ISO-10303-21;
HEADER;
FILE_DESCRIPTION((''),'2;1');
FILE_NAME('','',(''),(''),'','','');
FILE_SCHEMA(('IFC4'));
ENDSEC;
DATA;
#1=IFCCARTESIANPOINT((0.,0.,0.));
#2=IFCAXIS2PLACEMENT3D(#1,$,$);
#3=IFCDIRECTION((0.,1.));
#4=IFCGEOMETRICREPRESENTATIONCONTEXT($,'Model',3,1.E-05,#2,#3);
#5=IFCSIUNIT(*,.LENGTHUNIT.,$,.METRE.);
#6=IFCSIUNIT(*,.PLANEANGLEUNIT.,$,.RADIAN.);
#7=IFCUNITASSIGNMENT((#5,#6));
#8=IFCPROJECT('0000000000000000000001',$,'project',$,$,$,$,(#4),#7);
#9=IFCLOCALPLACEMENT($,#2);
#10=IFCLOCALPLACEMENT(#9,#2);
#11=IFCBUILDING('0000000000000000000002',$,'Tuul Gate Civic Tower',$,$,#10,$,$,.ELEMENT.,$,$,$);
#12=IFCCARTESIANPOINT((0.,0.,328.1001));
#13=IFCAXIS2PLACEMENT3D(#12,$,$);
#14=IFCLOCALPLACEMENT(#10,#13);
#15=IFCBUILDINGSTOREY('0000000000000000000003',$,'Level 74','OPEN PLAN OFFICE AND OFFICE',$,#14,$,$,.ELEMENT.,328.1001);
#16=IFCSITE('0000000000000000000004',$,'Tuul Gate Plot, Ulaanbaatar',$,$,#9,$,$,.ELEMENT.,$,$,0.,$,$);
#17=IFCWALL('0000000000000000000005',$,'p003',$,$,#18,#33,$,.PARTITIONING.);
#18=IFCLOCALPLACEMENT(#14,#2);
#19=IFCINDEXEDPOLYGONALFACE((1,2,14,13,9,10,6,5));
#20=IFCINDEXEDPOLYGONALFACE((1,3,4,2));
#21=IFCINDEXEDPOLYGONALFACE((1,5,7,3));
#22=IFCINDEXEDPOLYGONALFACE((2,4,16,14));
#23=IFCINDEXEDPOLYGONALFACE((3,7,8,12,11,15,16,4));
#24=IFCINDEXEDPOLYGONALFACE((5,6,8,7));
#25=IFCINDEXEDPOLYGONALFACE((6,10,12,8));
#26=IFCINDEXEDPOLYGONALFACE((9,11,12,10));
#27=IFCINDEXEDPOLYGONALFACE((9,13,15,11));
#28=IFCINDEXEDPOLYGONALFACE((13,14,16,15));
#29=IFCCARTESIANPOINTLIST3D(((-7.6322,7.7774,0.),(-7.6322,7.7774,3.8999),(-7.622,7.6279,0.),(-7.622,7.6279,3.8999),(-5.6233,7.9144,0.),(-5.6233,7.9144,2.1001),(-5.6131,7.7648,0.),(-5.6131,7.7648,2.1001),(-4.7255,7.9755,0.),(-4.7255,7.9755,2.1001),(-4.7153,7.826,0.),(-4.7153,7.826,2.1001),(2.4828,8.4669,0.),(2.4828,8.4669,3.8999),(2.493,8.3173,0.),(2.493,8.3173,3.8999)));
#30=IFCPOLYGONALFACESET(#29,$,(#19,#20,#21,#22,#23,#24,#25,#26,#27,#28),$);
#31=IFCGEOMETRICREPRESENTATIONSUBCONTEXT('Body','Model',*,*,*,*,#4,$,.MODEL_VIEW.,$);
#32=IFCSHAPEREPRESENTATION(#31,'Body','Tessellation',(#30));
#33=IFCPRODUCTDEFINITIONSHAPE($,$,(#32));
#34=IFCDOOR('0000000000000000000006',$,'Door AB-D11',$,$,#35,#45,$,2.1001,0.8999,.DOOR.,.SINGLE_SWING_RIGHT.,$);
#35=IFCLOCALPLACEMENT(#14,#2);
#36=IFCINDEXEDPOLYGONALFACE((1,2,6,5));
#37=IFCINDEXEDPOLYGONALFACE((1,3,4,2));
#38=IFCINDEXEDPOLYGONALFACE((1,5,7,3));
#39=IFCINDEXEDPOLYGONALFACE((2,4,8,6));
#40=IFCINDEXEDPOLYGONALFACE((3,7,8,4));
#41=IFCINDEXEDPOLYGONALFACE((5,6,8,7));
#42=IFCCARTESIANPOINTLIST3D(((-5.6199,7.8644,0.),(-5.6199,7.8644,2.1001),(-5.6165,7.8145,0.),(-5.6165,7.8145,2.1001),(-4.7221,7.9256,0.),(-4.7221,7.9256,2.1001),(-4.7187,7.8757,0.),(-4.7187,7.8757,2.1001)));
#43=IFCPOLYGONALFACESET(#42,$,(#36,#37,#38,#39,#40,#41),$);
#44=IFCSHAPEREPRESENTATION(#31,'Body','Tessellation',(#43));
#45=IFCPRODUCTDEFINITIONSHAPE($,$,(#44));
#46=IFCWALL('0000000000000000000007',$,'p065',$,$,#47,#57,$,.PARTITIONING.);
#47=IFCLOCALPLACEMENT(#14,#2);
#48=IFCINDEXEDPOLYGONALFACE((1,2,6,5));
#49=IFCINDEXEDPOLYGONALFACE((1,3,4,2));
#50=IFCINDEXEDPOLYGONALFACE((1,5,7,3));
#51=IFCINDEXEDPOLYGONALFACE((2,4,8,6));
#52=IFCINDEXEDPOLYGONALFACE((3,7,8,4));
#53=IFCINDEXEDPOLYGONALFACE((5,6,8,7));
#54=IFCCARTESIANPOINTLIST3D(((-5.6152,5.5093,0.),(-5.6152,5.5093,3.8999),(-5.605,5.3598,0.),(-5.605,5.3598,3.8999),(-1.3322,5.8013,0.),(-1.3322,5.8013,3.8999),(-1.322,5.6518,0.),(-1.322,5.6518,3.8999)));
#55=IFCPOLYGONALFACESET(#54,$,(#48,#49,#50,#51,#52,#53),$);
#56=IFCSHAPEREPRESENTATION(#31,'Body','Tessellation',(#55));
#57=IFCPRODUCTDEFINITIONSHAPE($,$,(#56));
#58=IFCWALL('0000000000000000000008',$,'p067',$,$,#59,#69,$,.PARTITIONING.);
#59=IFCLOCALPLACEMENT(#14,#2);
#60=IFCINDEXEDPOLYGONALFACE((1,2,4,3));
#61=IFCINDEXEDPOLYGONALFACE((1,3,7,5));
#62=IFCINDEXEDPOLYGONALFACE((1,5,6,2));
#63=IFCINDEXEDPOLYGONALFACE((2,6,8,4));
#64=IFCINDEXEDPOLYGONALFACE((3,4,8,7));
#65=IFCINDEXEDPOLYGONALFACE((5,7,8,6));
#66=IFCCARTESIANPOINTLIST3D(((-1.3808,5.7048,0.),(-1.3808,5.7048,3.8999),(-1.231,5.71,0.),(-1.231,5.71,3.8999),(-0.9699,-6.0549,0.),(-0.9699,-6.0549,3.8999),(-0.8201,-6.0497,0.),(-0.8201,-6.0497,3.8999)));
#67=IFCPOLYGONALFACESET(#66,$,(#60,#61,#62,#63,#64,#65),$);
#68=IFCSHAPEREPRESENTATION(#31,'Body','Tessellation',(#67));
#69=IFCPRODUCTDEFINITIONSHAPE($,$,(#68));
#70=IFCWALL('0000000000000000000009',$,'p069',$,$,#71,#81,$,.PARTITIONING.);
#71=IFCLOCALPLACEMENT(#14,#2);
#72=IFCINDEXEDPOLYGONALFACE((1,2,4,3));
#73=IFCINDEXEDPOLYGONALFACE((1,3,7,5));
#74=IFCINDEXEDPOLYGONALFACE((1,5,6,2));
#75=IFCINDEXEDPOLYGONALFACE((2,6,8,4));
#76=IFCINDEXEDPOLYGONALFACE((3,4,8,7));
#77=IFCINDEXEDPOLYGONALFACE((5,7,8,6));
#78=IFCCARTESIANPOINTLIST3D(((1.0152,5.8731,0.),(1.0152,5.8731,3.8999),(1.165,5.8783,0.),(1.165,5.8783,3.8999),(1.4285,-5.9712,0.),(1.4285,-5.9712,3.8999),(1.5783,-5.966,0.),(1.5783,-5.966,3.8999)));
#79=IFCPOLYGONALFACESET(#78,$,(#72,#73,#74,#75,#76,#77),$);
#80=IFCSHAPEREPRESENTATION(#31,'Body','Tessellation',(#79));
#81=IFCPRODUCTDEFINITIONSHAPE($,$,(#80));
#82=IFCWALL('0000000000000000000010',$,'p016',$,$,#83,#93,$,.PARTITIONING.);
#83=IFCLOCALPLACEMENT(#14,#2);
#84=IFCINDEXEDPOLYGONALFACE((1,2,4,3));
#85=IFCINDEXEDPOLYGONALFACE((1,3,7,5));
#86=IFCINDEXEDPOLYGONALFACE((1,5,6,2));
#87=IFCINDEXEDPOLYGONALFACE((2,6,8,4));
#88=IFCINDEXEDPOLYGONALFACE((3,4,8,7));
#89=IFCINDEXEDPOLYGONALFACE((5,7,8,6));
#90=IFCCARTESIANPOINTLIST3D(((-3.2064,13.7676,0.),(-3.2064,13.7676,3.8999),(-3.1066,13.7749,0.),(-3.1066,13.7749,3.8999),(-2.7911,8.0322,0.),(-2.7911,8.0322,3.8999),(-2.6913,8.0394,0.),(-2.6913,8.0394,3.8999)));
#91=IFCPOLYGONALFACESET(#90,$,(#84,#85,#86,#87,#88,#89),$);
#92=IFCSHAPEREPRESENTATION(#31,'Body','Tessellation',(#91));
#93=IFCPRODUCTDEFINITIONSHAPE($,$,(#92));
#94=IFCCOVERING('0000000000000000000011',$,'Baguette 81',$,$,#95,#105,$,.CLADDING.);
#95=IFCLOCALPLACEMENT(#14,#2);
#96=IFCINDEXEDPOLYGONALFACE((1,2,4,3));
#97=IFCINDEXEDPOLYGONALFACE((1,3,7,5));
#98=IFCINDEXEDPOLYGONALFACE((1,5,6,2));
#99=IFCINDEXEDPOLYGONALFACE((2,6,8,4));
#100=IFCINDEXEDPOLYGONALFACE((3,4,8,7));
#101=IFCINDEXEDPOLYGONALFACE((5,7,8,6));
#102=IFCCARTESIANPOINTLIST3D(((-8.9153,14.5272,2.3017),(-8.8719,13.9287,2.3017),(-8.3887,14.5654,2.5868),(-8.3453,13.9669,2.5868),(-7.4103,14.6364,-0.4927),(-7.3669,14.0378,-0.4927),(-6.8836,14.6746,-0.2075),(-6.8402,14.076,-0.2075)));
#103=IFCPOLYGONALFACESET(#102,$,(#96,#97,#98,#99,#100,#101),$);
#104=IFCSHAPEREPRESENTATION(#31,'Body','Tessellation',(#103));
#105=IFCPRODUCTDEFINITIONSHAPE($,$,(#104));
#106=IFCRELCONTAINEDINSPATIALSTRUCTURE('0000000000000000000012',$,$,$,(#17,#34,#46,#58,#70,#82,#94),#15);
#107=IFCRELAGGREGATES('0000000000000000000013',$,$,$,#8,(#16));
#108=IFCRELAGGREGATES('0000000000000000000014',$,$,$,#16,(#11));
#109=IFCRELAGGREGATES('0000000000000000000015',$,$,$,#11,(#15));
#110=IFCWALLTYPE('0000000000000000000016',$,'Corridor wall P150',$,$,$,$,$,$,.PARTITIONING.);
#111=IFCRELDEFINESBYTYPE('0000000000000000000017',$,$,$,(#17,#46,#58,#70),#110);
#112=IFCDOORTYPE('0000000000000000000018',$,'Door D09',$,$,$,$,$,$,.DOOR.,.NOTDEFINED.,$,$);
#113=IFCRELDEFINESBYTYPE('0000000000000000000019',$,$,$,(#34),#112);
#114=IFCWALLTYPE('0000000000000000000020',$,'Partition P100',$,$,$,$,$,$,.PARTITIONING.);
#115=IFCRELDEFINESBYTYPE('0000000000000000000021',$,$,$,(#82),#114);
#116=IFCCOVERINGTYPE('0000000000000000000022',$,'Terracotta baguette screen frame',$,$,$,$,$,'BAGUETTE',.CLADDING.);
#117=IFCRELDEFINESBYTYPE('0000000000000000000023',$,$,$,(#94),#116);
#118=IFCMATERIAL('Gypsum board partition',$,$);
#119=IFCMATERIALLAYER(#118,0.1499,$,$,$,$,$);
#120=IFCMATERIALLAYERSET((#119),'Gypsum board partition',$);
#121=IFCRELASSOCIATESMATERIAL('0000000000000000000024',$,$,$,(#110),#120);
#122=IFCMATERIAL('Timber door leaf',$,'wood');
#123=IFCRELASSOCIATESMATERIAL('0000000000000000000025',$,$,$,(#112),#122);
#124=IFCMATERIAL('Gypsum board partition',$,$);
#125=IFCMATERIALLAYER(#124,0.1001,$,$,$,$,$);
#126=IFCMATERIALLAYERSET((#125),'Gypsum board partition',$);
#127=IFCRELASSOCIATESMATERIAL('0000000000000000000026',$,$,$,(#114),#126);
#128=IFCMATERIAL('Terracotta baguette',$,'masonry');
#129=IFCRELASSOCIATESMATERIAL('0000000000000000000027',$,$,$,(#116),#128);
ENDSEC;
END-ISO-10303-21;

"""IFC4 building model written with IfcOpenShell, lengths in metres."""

from ifc_helpers import new_model, si_unit, direction, frame, frame_2d, origin, origin_2d, place, context, subcontext, project, spatial, rectangle, extrude, material, layer, layer_set, material_profile, profile_set, type_object, element, fill, save


model = new_model("IFC4")

# Units and contexts
model_context = context("Model", 3, precision=1e-05, world=origin(), true_north=direction((0.0, 1.0)))
body_context = subcontext(model_context, "Body", "Model", "MODEL_VIEW")
ifc_project = project(units=[si_unit("LENGTHUNIT", "METRE"), si_unit("PLANEANGLEUNIT", "RADIAN")], contexts=[model_context])

# Site, building, storey
site_placement = place(None, origin())
site = spatial("IfcSite", under=ifc_project, at=site_placement, Name="Tuul Gate Plot, Ulaanbaatar", CompositionType="ELEMENT", RefElevation=0.0)
building_placement = place(site_placement, origin())
building = spatial("IfcBuilding", under=site, at=building_placement, Name="Tuul Gate Civic Tower", CompositionType="ELEMENT")
storey_placement = place(building_placement, frame((0.0, 0.0, 328.1001)))
storey = spatial("IfcBuildingStorey", under=building, at=storey_placement, Name="Level 74", Description="OPEN PLAN OFFICE AND OFFICE", CompositionType="ELEMENT", Elevation=328.1001)

# Wall, opening, door
ifc_material_1 = material(Name="Gypsum board partition")
ifc_layer_1 = layer(ifc_material_1, 0.1499)
ifc_layer_set_1 = layer_set([ifc_layer_1], Name="Gypsum board partition")
wall_type_1 = type_object("IfcWallType", Name="Corridor wall P150", PredefinedType="PARTITIONING", material=ifc_layer_set_1)
wall_1_placement = place(storey_placement, frame((-7.6272, 7.7026, 0.0), z_axis=(0.0, 0.0, 1.0), x_axis=(0.997685, 0.068004, 0.0)))
wall_1 = element("IfcWall", 1, at=wall_1_placement, inside=storey, type_object=wall_type_1, Name="p003", PredefinedType="PARTITIONING", context=body_context, shape_type="SweptSolid", body=[
    extrude(rectangle(XDim=10.1384, YDim=0.1499, at=frame_2d((5.0693, 0.0))), origin(), (0.0, 0.0, 1.0), 3.8999),
])
opening_placement = place(wall_1_placement, frame((2.0137, 0.0, 0.0)))
opening = element("IfcOpeningElement", 2, at=opening_placement, cuts=wall_1, PredefinedType="OPENING", context=body_context, shape_type="SweptSolid", body=[
    extrude(rectangle(XDim=0.8999, YDim=2.1001, at=frame_2d((0.45, 1.05))), frame((0.0, 0.085, 0.0), z_axis=(0.0, -1.0, 0.0), x_axis=(1.0, 0.0, 0.0)), (0.0, 0.0, 1.0), 0.1699),
])
ifc_material_2 = material(Name="Timber door leaf", Category="wood")
door_type = type_object("IfcDoorType", Name="Door D09", OperationType="NOTDEFINED", PredefinedType="DOOR", material=ifc_material_2)
door_placement = place(opening_placement, origin())
door = element("IfcDoor", 3, at=door_placement, inside=storey, type_object=door_type, Name="Door AB-D11", OperationType="SINGLE_SWING_RIGHT", OverallHeight=2.1001, OverallWidth=0.8999, PredefinedType="DOOR", context=body_context, shape_type="SweptSolid", body=[
    extrude(rectangle(XDim=0.8999, YDim=2.1001, at=frame_2d((0.45, 1.05))), frame((0.0, 0.0249, 0.0), z_axis=(0.0, -1.0, 0.0), x_axis=(1.0, 0.0, 0.0)), (0.0, 0.0, 1.0), 0.05),
])
fill(opening, door)

# Walls
wall_2_placement = place(storey_placement, frame((-5.6101, 5.4346, 0.0), z_axis=(0.0, 0.0, 1.0), x_axis=(0.997684, 0.068017, 0.0)))
element("IfcWall", 4, at=wall_2_placement, inside=storey, type_object=wall_type_1, Name="p065", PredefinedType="PARTITIONING", context=body_context, shape_type="SweptSolid", body=[
    extrude(rectangle(XDim=4.293, YDim=0.1499, at=frame_2d((2.1465, 0.0))), origin(), (0.0, 0.0, 1.0), 3.8999),
])
wall_3_placement = place(storey_placement, frame((-1.3059, 5.7073, 0.0), z_axis=(0.0, 0.0, 1.0), x_axis=(0.034919, -0.99939, 0.0)))
element("IfcWall", 5, at=wall_3_placement, inside=storey, type_object=wall_type_1, Name="p067", PredefinedType="PARTITIONING", context=body_context, shape_type="SweptSolid", body=[
    extrude(rectangle(XDim=11.7668, YDim=0.1499, at=frame_2d((5.8833, 0.0))), origin(), (0.0, 0.0, 1.0), 3.8999),
])
wall_4_placement = place(storey_placement, frame((1.0901, 5.8757, 0.0), z_axis=(0.0, 0.0, 1.0), x_axis=(0.034876, -0.999392, 0.0)))
element("IfcWall", 6, at=wall_4_placement, inside=storey, type_object=wall_type_1, Name="p069", PredefinedType="PARTITIONING", context=body_context, shape_type="SweptSolid", body=[
    extrude(rectangle(XDim=11.8516, YDim=0.1499, at=frame_2d((5.9258, 0.0))), origin(), (0.0, 0.0, 1.0), 3.8999),
])
ifc_material_3 = material(Name="Gypsum board partition")
ifc_layer_2 = layer(ifc_material_3, 0.1001)
ifc_layer_set_2 = layer_set([ifc_layer_2], Name="Gypsum board partition")
wall_type_2 = type_object("IfcWallType", Name="Partition P100", PredefinedType="PARTITIONING", material=ifc_layer_set_2)
wall_5_placement = place(storey_placement, frame((-3.1565, 13.7712, 0.0), z_axis=(0.0, 0.0, 1.0), x_axis=(0.072219, -0.997389, 0.0)))
element("IfcWall", 7, at=wall_5_placement, inside=storey, type_object=wall_type_2, Name="p016", PredefinedType="PARTITIONING", context=body_context, shape_type="SweptSolid", body=[
    extrude(rectangle(XDim=5.7505, YDim=0.1001, at=frame_2d((2.8752, 0.0))), origin(), (0.0, 0.0, 1.0), 3.8999),
])

# Covering
ifc_material_4 = material(Name="Terracotta baguette", Category="masonry")
ifc_material_profile_1 = material_profile(ifc_material_4, rectangle(XDim=0.6001, YDim=0.6001, at=origin_2d()), Name="Terracotta baguette screen frame")
ifc_profile_set_1 = profile_set([ifc_material_profile_1], Name="Terracotta baguette")
covering_type = type_object("IfcCoveringType", Name="Terracotta baguette screen frame", ElementType="BAGUETTE", PredefinedType="CLADDING", material=ifc_profile_set_1)
covering_placement = place(storey_placement, frame((-7.1252, 14.3562, -0.3501), z_axis=(-0.473925, -0.034362, 0.879894), x_axis=(0.072316, -0.997382, 0.0)))
element("IfcCovering", 8, at=covering_placement, inside=storey, type_object=covering_type, Name="Baguette 81", PredefinedType="CLADDING", context=body_context, shape_type="SweptSolid", body=[
    extrude(rectangle(XDim=0.6001, YDim=0.6001, at=origin_2d()), origin(), (0.0, 0.0, 1.0), 3.1758),
])

save(model, "model.ifc")
